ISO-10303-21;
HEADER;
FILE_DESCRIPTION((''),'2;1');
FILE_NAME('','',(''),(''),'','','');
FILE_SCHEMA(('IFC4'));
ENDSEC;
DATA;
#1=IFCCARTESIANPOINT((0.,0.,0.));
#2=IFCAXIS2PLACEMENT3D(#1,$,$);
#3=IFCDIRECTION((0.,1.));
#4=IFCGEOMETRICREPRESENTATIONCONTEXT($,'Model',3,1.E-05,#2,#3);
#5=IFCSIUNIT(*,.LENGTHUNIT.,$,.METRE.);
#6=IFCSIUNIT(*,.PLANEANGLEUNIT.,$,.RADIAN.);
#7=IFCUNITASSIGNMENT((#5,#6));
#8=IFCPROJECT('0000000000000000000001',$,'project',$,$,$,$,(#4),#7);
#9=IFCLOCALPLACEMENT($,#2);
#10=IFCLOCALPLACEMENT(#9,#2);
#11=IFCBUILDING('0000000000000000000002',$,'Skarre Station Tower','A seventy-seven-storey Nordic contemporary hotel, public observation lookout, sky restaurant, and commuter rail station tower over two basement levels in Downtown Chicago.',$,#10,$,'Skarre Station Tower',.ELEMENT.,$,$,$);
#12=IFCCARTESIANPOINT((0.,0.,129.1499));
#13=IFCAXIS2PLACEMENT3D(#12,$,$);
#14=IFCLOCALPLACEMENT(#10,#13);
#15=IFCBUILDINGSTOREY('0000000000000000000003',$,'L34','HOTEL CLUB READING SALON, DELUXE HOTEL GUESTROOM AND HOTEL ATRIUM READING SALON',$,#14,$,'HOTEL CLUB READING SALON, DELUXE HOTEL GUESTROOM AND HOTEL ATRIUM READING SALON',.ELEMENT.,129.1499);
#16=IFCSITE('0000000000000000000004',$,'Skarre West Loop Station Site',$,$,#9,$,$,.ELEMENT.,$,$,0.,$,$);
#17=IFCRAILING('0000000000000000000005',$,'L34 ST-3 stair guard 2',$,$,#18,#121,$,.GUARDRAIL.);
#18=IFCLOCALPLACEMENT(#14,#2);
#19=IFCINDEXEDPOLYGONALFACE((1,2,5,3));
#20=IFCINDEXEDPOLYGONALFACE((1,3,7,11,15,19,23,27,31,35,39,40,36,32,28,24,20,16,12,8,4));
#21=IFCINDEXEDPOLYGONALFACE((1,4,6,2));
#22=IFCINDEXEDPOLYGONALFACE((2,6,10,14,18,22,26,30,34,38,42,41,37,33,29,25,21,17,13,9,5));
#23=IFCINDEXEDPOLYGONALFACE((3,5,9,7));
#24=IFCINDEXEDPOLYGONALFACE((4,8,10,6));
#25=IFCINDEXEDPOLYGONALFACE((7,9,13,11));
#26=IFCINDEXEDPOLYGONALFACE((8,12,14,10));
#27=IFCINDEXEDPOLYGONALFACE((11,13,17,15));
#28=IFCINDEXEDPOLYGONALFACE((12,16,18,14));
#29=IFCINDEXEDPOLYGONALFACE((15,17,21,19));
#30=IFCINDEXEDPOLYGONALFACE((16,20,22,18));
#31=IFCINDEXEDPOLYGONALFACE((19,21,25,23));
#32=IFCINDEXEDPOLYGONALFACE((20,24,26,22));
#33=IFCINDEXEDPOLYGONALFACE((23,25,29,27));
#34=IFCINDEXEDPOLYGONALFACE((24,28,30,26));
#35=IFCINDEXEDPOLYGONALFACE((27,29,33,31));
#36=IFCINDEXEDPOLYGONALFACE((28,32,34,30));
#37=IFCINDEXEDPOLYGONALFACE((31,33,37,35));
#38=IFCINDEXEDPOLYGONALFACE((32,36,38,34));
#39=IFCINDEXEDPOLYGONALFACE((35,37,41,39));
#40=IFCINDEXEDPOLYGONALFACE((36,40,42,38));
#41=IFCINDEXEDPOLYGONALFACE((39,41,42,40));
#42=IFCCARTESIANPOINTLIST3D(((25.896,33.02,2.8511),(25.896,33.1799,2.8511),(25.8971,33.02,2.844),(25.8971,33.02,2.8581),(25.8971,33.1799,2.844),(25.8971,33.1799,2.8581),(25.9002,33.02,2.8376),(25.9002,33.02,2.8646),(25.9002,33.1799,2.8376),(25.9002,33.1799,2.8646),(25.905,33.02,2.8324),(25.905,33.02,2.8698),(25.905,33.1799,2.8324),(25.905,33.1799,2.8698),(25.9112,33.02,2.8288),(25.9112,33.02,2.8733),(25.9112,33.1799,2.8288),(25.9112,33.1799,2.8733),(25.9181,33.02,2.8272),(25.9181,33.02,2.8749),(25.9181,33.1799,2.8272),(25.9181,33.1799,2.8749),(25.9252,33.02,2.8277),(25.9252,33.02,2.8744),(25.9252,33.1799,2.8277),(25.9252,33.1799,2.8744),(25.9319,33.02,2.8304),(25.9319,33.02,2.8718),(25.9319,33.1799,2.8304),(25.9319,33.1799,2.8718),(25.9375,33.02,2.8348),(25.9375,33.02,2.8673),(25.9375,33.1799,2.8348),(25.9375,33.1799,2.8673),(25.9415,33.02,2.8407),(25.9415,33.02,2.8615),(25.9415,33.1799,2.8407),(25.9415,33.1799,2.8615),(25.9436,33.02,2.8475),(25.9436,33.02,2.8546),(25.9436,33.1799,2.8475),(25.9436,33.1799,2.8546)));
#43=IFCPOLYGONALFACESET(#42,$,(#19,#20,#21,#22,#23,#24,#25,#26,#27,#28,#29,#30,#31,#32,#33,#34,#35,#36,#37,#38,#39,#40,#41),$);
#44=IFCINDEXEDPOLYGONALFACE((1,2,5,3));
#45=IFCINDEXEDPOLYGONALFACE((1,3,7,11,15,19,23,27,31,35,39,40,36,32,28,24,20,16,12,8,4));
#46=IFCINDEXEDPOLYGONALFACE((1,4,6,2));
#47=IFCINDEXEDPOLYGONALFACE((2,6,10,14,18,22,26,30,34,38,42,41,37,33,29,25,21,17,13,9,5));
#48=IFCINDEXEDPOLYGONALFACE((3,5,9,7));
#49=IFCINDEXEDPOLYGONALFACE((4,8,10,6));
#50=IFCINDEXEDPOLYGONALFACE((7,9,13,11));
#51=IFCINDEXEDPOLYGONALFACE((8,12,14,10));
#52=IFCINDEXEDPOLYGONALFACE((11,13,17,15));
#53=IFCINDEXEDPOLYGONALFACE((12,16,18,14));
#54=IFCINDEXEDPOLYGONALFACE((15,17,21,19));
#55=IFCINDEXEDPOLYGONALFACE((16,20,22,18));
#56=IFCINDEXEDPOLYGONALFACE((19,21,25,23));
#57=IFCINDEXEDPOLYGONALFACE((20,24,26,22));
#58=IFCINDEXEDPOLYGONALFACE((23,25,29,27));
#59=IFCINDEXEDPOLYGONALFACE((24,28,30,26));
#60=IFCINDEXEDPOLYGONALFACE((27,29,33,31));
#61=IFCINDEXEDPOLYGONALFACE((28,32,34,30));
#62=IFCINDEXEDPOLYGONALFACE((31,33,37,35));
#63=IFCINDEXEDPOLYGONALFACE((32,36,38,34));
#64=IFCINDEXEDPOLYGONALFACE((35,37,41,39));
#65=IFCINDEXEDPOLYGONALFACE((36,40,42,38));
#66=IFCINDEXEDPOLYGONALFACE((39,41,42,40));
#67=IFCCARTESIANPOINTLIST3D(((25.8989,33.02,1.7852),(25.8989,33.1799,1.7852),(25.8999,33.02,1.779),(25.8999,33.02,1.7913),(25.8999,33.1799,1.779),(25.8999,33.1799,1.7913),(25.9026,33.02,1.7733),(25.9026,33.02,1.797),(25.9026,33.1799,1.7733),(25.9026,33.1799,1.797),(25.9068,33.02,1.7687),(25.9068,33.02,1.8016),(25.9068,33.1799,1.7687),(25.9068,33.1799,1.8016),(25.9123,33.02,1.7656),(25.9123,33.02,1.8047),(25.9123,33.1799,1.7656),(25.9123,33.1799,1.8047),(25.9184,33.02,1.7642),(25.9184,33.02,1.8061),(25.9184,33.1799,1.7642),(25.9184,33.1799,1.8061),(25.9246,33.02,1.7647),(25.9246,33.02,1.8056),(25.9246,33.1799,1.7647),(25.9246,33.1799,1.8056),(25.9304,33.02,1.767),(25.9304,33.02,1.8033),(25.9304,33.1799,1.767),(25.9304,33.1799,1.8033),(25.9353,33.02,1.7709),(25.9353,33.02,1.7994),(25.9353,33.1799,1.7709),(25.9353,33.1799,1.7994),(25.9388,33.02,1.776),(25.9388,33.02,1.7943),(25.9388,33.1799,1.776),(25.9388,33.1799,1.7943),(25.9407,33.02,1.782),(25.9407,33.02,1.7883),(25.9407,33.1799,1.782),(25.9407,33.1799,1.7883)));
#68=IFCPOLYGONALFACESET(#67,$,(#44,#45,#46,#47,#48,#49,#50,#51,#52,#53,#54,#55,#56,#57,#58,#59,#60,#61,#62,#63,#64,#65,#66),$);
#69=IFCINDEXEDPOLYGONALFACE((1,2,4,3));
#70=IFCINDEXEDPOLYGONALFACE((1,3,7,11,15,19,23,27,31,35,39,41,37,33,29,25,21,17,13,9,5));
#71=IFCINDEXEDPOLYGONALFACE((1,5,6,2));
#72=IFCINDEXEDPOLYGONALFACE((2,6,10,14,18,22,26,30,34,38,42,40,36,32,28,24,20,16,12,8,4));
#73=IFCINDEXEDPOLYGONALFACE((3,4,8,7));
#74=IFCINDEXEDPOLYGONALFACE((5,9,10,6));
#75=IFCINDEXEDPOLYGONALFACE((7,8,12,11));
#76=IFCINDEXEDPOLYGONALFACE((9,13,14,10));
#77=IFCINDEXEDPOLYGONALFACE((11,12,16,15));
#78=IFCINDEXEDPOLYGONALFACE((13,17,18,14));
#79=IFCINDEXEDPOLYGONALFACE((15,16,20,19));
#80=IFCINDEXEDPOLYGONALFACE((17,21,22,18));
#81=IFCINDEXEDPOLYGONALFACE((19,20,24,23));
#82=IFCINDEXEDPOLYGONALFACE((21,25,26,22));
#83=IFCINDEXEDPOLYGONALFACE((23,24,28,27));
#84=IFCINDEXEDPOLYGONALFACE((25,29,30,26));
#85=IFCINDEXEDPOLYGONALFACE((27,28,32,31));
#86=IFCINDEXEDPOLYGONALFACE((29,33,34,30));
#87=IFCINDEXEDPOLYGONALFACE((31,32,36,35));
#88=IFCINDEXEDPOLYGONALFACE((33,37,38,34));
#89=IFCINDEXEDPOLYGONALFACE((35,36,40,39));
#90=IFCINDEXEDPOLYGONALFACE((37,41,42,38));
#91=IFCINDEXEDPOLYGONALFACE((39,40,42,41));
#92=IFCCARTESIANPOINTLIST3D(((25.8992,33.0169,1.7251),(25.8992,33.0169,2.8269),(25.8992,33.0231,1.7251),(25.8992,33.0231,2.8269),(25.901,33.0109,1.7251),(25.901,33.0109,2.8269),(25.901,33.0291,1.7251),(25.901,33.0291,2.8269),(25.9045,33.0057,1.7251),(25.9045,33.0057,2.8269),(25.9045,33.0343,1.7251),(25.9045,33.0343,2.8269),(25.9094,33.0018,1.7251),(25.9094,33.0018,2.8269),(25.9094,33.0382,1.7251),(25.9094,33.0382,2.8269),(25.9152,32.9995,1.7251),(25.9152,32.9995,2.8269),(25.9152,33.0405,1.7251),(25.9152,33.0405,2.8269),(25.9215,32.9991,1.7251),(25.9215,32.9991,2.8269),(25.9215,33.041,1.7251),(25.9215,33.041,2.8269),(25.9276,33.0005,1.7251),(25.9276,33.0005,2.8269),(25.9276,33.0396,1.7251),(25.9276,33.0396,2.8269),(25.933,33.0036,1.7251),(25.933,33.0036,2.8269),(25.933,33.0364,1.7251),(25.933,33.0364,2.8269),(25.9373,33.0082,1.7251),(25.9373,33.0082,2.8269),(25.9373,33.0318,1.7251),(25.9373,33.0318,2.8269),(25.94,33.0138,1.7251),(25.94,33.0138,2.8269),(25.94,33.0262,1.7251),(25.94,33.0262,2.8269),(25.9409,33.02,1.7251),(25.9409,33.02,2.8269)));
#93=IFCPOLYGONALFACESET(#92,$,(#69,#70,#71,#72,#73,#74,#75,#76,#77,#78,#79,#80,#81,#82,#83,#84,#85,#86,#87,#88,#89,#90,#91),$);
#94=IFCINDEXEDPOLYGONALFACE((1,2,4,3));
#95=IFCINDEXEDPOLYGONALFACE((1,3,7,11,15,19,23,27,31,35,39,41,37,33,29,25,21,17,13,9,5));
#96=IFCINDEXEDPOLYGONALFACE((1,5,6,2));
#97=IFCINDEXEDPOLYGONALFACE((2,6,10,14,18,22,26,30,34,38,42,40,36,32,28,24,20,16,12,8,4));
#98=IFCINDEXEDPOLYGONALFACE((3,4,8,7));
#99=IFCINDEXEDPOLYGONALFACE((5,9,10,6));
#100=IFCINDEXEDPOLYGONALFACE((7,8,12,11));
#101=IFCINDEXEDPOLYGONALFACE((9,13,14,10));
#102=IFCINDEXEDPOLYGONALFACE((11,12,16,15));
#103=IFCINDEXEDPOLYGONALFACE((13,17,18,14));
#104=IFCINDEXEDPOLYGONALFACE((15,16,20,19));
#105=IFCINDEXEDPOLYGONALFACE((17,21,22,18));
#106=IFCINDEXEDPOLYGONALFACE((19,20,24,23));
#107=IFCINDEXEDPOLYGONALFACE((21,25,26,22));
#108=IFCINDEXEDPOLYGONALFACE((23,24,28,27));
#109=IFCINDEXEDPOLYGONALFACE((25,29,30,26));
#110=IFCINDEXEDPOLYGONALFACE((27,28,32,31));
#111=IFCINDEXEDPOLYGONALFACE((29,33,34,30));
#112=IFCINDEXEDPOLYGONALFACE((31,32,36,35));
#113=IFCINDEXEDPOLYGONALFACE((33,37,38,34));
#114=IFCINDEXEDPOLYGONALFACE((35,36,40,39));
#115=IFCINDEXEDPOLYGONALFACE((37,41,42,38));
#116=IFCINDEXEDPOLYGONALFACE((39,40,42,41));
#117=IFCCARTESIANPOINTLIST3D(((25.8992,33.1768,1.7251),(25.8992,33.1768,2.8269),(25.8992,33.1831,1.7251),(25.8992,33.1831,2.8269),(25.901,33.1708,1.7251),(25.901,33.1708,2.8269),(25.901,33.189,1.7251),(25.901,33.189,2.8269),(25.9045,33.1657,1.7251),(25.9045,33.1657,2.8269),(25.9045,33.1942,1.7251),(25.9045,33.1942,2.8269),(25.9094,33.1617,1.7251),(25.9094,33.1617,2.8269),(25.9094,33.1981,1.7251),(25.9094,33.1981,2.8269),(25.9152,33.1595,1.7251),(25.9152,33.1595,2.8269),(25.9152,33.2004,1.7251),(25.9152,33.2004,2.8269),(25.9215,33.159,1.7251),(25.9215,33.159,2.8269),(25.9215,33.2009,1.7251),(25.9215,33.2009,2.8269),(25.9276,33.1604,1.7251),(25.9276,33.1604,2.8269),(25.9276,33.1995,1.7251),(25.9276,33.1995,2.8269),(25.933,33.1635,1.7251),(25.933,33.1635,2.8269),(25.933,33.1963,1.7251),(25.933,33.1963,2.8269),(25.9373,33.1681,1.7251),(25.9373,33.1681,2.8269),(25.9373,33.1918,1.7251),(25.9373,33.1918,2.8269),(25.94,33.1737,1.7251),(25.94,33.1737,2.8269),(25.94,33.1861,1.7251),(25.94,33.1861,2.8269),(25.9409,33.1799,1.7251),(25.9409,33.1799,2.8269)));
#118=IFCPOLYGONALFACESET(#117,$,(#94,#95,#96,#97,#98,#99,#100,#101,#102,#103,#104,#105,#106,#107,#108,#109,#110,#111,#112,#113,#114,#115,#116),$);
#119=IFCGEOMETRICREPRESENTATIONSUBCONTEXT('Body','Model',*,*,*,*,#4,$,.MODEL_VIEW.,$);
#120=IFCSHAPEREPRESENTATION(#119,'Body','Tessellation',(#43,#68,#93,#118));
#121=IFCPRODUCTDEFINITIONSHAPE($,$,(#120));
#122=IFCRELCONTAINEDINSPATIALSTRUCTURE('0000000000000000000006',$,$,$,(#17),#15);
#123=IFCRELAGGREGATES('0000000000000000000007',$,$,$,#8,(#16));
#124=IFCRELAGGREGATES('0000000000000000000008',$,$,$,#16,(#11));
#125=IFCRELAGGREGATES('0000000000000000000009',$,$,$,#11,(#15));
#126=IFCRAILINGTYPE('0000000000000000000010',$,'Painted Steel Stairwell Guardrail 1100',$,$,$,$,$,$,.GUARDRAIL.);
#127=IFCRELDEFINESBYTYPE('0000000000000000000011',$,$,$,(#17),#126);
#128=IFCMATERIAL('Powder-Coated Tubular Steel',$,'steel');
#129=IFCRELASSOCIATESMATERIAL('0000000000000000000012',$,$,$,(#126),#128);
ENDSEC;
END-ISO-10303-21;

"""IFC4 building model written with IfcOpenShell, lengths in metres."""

from ifc_helpers import new_model, si_unit, direction, frame, origin, origin_2d, place, context, subcontext, project, spatial, circle, extrude, material, type_object, element, save


model = new_model("IFC4")

# Units and contexts
model_context = context("Model", 3, precision=1e-05, world=origin(), true_north=direction((0.0, 1.0)))
body_context = subcontext(model_context, "Body", "Model", "MODEL_VIEW")
ifc_project = project(units=[si_unit("LENGTHUNIT", "METRE"), si_unit("PLANEANGLEUNIT", "RADIAN")], contexts=[model_context])

# Site, building, storey
site_placement = place(None, origin())
site = spatial("IfcSite", under=ifc_project, at=site_placement, Name="Skarre West Loop Station Site", CompositionType="ELEMENT", RefElevation=0.0)
building_placement = place(site_placement, origin())
building = spatial("IfcBuilding", under=site, at=building_placement, Name="Skarre Station Tower", Description="A seventy-seven-storey Nordic contemporary hotel, public observation lookout, sky restaurant, and commuter rail station tower over two basement levels in Downtown Chicago.", LongName="Skarre Station Tower", CompositionType="ELEMENT")
storey_placement = place(building_placement, frame((0.0, 0.0, 129.1499)))
storey = spatial("IfcBuildingStorey", under=building, at=storey_placement, Name="L34", Description="HOTEL CLUB READING SALON, DELUXE HOTEL GUESTROOM AND HOTEL ATRIUM READING SALON", LongName="HOTEL CLUB READING SALON, DELUXE HOTEL GUESTROOM AND HOTEL ATRIUM READING SALON", CompositionType="ELEMENT", Elevation=129.1499)

# Railing
ifc_material_1 = material(Name="Powder-Coated Tubular Steel", Category="steel")
railing_type_1 = type_object("IfcRailingType", Name="Painted Steel Stairwell Guardrail 1100", PredefinedType="GUARDRAIL", material=ifc_material_1)
railing_1_placement = place(storey_placement, frame((25.9199, 33.02, 1.7251)))
element("IfcRailing", 1, at=railing_1_placement, inside=storey, type_object=railing_type_1, Name="L34 ST-3 stair guard 2", PredefinedType="GUARDRAIL", context=body_context, shape_type="SweptSolid", body=[
    extrude(circle(Radius=0.0239, at=origin_2d()), frame((0.0, 0.0, 1.126), z_axis=(0.0, 1.0, 0.0), x_axis=(-1.0, 0.0, 0.0)), (0.0, 0.0, 1.0), 0.1599),
    extrude(circle(Radius=0.021, at=origin_2d()), frame((0.0, 0.0, 0.0601), z_axis=(0.0, 1.0, 0.0), x_axis=(-1.0, 0.0, 0.0)), (0.0, 0.0, 1.0), 0.1599),
    extrude(circle(Radius=0.021, at=origin_2d()), origin(), (0.0, 0.0, 1.0), 1.1018),
    extrude(circle(Radius=0.021, at=origin_2d()), frame((0.0, 0.1599, 0.0)), (0.0, 0.0, 1.0), 1.1018),
])

save(model, "model.ifc")
